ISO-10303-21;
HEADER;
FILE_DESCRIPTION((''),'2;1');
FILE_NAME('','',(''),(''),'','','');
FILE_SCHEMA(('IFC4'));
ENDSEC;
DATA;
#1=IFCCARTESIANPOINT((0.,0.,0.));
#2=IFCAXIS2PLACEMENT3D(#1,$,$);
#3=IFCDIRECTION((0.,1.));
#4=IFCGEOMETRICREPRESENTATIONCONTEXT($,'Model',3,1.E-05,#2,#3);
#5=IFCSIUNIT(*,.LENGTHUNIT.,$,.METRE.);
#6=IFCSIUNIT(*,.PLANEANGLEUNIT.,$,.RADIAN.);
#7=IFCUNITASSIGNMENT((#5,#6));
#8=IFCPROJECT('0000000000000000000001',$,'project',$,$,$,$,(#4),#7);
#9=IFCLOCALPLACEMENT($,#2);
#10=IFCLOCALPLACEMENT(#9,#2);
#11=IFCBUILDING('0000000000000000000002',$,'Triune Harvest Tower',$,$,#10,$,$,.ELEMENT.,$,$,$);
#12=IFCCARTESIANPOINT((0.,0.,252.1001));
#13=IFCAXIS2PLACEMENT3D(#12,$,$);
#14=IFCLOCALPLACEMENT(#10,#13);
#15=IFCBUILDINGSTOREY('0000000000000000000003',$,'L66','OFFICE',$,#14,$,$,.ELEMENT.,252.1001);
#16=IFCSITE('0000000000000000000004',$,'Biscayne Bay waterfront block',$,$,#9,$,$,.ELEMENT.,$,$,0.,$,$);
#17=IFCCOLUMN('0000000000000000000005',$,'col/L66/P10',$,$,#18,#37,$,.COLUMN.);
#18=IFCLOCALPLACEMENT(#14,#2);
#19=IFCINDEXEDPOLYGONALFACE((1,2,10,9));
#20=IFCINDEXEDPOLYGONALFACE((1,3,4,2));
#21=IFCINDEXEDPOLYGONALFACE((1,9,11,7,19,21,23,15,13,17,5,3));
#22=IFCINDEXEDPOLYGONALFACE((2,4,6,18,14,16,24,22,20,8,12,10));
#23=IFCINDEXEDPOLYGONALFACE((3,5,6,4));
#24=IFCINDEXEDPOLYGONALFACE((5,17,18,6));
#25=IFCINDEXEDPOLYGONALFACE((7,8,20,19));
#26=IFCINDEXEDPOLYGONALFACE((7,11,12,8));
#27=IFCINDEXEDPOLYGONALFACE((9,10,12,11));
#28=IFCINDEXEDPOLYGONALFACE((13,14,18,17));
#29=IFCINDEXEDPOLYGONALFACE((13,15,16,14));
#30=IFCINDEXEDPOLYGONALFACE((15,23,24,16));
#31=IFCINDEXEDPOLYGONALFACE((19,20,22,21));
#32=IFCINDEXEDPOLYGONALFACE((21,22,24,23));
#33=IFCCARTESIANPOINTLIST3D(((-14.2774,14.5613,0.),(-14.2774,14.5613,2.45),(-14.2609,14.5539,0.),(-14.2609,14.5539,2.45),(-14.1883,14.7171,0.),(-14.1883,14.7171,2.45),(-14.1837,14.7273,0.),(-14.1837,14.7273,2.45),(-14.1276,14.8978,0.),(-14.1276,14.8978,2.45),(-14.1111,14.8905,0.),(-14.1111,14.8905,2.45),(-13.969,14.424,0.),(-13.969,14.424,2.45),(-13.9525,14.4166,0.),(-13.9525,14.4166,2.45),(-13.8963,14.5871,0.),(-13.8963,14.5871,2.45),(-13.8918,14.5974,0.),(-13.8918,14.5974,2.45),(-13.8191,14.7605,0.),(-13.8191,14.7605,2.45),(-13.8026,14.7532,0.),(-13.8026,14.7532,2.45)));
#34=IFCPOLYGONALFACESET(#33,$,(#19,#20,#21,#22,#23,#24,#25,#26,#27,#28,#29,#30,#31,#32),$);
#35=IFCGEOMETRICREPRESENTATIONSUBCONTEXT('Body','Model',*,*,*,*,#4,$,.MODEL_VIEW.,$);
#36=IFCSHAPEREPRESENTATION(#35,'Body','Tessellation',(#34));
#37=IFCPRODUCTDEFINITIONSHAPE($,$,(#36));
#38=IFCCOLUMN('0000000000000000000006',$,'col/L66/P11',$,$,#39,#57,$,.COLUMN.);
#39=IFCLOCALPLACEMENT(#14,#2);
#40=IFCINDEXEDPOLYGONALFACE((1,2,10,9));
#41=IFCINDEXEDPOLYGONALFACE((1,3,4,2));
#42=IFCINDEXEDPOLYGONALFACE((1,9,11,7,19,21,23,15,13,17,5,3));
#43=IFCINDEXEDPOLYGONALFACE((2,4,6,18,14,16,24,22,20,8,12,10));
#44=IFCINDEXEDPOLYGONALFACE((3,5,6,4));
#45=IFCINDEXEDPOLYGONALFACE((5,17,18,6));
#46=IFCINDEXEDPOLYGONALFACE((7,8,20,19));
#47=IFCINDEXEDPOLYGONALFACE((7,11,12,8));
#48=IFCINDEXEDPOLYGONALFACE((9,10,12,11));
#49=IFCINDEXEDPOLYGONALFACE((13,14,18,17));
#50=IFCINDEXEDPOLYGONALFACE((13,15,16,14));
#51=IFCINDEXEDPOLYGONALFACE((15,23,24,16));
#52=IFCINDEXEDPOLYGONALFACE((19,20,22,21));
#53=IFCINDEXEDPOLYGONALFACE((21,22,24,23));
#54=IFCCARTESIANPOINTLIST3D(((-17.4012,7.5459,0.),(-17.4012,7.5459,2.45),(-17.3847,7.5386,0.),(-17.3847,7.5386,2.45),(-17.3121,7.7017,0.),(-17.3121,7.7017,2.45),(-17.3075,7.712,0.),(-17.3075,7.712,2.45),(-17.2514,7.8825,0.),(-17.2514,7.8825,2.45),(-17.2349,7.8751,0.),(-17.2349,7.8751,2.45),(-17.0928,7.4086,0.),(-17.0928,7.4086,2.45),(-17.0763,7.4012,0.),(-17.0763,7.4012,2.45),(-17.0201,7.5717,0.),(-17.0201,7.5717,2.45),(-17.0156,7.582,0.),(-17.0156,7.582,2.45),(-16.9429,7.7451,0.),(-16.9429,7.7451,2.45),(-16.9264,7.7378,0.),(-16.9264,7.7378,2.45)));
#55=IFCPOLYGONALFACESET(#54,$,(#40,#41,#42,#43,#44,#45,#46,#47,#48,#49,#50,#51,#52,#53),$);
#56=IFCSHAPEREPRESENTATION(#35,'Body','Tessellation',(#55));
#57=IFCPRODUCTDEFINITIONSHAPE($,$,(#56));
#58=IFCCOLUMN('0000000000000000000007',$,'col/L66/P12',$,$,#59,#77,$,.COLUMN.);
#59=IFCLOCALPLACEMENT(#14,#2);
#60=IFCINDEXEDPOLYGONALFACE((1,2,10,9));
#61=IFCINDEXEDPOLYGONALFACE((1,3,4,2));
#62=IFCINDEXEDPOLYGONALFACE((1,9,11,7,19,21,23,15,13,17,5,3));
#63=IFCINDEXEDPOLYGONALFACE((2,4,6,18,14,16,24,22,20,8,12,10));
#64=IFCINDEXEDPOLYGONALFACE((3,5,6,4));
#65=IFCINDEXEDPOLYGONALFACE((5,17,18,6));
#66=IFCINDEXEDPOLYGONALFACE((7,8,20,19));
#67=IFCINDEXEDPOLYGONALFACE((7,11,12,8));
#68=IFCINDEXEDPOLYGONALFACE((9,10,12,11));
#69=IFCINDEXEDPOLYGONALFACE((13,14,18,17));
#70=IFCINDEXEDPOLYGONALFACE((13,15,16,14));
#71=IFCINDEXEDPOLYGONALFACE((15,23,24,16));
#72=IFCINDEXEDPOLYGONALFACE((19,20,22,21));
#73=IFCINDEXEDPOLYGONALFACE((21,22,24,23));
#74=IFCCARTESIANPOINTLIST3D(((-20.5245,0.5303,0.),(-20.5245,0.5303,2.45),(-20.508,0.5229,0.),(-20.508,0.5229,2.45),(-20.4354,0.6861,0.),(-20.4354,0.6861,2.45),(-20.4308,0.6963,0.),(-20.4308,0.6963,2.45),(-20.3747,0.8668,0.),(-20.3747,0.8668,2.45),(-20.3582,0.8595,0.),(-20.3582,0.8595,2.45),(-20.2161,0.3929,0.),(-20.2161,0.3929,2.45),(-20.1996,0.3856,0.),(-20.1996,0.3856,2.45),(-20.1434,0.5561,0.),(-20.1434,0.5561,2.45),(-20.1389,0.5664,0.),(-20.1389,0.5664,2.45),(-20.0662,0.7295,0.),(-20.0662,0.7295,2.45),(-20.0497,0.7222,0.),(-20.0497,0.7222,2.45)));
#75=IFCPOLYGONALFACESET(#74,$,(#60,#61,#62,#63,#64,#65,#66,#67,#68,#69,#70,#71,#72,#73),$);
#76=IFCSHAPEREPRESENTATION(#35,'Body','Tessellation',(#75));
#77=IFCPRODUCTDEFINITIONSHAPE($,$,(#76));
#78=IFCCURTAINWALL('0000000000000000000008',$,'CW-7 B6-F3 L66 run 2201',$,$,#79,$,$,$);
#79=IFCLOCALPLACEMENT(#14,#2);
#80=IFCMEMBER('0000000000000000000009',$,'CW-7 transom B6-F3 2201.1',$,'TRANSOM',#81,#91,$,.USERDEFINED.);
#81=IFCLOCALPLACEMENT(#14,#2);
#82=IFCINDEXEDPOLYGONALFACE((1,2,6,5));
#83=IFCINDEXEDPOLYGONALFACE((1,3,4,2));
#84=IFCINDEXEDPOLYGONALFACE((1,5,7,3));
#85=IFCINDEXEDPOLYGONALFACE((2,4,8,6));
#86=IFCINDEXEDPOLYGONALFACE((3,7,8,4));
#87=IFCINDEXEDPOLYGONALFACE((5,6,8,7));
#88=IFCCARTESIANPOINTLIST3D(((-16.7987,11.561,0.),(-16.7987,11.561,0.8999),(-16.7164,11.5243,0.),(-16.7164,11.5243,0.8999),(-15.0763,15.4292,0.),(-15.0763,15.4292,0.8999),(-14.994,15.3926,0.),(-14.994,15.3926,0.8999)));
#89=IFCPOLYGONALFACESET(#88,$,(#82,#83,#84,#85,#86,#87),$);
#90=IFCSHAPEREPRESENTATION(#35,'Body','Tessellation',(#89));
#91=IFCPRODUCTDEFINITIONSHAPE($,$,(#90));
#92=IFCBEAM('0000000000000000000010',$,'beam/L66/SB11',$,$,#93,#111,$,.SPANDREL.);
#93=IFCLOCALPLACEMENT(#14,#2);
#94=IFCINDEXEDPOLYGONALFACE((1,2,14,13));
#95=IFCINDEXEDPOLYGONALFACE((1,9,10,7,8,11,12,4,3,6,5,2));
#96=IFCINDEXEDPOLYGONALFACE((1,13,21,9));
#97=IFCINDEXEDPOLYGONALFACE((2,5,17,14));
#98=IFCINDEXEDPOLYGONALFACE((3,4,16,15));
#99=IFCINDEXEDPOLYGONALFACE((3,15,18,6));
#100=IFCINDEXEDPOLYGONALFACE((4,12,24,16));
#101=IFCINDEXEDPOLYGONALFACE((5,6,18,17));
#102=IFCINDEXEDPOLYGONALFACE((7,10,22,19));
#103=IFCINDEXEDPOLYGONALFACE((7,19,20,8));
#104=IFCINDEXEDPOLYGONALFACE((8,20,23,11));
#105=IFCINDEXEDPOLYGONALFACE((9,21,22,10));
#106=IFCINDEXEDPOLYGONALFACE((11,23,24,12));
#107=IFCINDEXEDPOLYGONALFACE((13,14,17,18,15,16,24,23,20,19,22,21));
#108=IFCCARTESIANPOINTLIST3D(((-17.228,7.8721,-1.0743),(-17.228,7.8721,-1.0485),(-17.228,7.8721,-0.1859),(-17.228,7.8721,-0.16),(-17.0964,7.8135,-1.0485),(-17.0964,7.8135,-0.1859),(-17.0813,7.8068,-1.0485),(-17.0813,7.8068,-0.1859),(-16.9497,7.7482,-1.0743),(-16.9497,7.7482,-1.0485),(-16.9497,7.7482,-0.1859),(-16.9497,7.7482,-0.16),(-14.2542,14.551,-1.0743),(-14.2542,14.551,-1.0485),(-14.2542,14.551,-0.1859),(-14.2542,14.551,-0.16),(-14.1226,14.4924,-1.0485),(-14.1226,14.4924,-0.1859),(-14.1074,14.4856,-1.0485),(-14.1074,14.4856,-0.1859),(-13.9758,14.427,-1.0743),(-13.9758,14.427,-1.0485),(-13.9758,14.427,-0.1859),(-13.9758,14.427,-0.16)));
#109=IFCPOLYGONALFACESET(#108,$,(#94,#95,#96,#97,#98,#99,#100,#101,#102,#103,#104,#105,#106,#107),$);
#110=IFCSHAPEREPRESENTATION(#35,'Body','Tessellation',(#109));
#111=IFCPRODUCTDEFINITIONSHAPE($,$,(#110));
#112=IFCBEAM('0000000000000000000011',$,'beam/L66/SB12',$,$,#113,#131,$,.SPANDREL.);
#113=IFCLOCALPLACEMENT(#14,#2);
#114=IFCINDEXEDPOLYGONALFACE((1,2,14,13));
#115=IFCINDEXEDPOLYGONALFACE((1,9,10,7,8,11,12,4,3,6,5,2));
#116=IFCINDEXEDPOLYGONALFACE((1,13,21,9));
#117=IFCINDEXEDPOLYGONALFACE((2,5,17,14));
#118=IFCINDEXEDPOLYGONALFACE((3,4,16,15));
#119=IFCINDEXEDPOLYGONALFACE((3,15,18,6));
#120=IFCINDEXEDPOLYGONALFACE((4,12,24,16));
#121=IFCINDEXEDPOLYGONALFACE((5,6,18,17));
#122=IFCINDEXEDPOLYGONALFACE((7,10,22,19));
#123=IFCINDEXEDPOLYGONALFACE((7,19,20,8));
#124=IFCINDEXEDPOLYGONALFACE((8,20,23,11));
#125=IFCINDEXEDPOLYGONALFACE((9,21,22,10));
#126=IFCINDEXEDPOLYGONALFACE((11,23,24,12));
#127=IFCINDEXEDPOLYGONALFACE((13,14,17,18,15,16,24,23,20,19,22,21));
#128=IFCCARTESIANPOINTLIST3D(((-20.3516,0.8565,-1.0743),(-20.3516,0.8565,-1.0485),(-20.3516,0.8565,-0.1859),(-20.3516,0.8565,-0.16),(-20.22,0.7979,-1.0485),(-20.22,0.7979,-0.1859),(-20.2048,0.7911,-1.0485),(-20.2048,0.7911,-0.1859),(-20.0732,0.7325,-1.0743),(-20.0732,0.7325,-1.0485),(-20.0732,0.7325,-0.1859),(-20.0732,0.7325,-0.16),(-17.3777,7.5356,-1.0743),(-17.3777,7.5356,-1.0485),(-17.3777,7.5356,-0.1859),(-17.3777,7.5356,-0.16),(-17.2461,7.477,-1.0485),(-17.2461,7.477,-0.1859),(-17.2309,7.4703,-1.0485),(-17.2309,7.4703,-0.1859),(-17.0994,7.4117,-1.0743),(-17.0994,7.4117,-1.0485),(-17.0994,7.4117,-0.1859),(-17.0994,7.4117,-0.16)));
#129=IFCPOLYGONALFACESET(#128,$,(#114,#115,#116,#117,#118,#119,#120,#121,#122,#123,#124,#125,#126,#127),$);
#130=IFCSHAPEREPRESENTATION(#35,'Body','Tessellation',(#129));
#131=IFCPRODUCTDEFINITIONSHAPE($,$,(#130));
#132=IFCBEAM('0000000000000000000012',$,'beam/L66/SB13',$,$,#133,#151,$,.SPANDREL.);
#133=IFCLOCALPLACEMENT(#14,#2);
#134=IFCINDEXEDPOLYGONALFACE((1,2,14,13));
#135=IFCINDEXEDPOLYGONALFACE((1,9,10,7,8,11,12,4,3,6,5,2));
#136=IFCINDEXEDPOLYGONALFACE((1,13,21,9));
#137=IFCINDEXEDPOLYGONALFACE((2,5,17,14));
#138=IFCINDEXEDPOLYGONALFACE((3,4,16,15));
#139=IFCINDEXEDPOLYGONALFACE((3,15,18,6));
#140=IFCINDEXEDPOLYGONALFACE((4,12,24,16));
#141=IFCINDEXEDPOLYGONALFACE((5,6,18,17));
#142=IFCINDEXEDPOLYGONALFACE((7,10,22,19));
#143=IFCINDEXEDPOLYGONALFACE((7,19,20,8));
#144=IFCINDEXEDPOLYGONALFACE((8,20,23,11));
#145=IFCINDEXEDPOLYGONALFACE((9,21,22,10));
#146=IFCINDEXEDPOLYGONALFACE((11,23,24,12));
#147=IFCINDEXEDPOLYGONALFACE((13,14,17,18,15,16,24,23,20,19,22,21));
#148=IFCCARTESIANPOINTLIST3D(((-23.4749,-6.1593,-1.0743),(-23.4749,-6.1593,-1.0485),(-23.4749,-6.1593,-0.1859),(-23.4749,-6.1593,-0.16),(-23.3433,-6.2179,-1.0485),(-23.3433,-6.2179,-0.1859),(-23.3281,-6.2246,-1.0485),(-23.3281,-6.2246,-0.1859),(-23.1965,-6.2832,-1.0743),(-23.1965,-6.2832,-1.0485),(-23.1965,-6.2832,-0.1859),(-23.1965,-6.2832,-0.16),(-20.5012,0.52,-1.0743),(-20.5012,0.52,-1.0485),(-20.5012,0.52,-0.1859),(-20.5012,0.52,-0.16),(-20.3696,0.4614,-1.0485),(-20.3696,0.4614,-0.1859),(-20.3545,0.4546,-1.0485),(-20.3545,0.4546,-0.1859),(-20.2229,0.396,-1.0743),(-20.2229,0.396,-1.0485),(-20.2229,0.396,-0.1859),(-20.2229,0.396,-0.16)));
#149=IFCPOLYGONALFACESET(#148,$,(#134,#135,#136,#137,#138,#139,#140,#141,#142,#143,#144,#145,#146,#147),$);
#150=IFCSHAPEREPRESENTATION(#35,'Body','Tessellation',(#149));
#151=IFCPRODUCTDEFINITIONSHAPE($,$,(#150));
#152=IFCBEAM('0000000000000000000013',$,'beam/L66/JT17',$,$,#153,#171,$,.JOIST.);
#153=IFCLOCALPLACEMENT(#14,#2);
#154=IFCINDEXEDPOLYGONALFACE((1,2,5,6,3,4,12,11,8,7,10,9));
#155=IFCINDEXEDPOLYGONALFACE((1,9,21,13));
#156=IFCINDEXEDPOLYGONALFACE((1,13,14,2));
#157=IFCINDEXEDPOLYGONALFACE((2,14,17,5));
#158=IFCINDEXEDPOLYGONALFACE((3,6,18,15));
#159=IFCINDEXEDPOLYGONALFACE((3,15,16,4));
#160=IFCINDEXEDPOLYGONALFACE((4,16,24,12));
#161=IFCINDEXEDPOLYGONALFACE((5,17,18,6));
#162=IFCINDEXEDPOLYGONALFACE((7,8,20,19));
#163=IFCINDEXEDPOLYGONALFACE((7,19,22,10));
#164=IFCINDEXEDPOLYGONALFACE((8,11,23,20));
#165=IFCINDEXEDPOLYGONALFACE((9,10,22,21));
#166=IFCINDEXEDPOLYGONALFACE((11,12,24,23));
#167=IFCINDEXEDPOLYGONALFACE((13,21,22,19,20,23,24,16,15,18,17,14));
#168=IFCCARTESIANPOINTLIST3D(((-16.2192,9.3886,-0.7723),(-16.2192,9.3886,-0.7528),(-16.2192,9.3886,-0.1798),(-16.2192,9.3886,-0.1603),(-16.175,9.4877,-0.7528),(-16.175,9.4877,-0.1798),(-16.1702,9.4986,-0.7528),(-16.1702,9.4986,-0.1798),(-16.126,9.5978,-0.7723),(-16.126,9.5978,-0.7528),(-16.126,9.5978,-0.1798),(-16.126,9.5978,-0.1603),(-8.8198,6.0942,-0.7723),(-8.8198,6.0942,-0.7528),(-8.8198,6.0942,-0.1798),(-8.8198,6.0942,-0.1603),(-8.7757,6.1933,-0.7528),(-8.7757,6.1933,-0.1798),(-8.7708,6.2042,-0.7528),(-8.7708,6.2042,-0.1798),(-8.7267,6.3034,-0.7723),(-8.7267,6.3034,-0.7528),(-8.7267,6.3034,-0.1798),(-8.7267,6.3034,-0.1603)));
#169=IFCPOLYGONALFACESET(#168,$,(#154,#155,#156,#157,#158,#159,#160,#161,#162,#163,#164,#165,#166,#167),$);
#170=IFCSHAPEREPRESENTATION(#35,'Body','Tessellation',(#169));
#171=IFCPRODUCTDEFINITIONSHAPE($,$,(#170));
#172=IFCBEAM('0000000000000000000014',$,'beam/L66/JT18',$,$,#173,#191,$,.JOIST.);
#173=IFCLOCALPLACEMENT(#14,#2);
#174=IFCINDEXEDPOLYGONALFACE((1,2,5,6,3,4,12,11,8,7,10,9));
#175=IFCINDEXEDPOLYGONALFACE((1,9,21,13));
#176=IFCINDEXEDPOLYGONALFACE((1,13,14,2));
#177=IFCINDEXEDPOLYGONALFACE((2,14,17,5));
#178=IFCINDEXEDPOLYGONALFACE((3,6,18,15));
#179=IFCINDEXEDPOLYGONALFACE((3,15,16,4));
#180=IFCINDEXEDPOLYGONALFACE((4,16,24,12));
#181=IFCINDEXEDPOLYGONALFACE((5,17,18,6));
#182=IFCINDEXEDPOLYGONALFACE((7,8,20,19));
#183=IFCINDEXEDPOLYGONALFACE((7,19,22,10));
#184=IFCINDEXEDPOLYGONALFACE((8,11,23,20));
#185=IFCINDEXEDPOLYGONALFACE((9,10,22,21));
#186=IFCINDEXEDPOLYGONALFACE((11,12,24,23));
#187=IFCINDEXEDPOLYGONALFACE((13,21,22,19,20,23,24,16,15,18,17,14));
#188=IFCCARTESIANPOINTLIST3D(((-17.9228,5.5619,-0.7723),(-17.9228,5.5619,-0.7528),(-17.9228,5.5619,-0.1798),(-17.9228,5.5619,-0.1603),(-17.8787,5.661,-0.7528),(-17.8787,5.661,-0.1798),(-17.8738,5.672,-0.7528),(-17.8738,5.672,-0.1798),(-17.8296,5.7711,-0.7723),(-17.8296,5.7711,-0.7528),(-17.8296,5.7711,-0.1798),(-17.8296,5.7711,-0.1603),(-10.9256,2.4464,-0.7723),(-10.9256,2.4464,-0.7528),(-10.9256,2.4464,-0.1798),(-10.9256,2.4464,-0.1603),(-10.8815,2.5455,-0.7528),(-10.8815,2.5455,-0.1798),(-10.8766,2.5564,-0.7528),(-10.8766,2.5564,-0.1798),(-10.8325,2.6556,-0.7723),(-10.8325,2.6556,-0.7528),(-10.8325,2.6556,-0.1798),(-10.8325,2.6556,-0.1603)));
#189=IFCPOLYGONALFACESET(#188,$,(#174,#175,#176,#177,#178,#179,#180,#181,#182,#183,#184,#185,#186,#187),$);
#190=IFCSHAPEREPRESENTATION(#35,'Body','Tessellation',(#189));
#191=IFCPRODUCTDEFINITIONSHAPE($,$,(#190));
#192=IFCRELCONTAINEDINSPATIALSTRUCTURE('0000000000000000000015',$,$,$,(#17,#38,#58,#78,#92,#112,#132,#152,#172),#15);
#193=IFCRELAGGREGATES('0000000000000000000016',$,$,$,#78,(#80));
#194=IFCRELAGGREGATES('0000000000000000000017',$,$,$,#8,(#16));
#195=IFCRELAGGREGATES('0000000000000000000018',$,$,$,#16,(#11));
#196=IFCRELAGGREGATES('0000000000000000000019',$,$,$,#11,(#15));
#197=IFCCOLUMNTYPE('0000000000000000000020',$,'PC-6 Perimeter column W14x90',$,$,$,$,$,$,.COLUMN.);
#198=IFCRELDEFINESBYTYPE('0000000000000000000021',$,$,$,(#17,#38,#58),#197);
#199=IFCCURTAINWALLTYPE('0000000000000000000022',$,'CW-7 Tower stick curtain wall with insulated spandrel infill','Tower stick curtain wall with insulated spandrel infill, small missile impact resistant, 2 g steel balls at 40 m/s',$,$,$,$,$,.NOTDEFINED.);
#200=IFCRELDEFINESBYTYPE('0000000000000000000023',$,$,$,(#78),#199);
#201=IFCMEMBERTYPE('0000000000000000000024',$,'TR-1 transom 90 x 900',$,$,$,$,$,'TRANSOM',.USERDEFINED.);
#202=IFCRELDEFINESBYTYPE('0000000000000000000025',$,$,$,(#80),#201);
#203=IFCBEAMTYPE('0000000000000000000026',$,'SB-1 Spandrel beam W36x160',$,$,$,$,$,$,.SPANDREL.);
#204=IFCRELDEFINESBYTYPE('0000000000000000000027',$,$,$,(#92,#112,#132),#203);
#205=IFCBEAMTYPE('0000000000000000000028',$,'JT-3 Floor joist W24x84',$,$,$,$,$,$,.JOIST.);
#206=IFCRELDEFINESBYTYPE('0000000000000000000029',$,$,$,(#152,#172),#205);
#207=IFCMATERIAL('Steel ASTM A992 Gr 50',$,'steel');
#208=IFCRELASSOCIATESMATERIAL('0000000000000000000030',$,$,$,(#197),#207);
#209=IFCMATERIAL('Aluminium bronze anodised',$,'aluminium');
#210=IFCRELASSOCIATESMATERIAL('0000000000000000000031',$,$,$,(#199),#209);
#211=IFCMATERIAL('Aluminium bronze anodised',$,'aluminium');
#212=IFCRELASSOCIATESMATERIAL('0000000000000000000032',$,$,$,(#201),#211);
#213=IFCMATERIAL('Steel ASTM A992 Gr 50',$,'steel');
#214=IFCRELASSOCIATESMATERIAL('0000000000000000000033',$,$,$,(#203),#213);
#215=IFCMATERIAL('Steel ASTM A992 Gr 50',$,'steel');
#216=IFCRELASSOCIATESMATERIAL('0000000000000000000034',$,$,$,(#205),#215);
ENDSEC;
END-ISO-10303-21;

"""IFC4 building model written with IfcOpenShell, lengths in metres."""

from ifc_helpers import new_model, si_unit, direction, frame, origin, origin_2d, place, context, subcontext, project, spatial, rectangle, i_section, extrude, source, transform, mapped, material, material_profile, profile_set, type_object, element, aggregate, save


model = new_model("IFC4")

# Units and contexts
model_context = context("Model", 3, precision=1e-05, world=origin(), true_north=direction((0.0, 1.0)))
body_context = subcontext(model_context, "Body", "Model", "MODEL_VIEW")
ifc_project = project(units=[si_unit("LENGTHUNIT", "METRE"), si_unit("PLANEANGLEUNIT", "RADIAN")], contexts=[model_context])

# Site, building, storey
site_placement = place(None, origin())
site = spatial("IfcSite", under=ifc_project, at=site_placement, Name="Biscayne Bay waterfront block", CompositionType="ELEMENT", RefElevation=0.0)
building_placement = place(site_placement, origin())
building = spatial("IfcBuilding", under=site, at=building_placement, Name="Triune Harvest Tower", CompositionType="ELEMENT")
storey_placement = place(building_placement, frame((0.0, 0.0, 252.1001)))
storey = spatial("IfcBuildingStorey", under=building, at=storey_placement, Name="L66", Description="OFFICE", CompositionType="ELEMENT", Elevation=252.1001)

# Columns
ifc_material_1 = material(Name="Steel ASTM A992 Gr 50", Category="steel")
ifc_material_profile_1 = material_profile(ifc_material_1, i_section(OverallWidth=0.3684, OverallDepth=0.3557, WebThickness=0.0112, FlangeThickness=0.0181, at=origin_2d()), Name="W14x90")
ifc_profile_set_1 = profile_set([ifc_material_profile_1], Name="Steel ASTM A992 Gr 50")
column_type = type_object("IfcColumnType", Name="PC-6 Perimeter column W14x90", PredefinedType="COLUMN", material=ifc_profile_set_1)
shared_shape_1 = source(origin(), body_context, "Body", "SweptSolid", [
    extrude(i_section(OverallWidth=0.3684, OverallDepth=0.3557, WebThickness=0.0112, FlangeThickness=0.0181, at=origin_2d()), origin(), (0.0, 0.0, 1.0), 2.45),
])
for number, where, z_axis, x_axis, name in (
    (1, (-14.04, 14.6572, 0.0), (0.0, 0.0, 1.0), (-0.406738, -0.913545, 0.0), "col/L66/P10"),
    (2, (-17.1638, 7.6418, 0.0), (0.0, 0.0, 1.0), (-0.406738, -0.913545, 0.0), "col/L66/P11"),
    (3, (-20.2871, 0.6262, 0.0), (0.0, 0.0, 1.0), (-0.406738, -0.913545, 0.0), "col/L66/P12"),
):
    element("IfcColumn", number, at=place(storey_placement, frame(where, z_axis=z_axis, x_axis=x_axis)), inside=storey, type_object=column_type, Name=name, PredefinedType="COLUMN", context=body_context, shape_type="MappedRepresentation", body=[
        mapped(shared_shape_1, transform((0.0, 0.0, 0.0), scale=1.0)),
    ])

# Curtain wall, member
ifc_material_2 = material(Name="Aluminium bronze anodised", Category="aluminium")
curtain_wall_type_1 = type_object("IfcCurtainWallType", Name="CW-7 Tower stick curtain wall with insulated spandrel infill", Description="Tower stick curtain wall with insulated spandrel infill, small missile impact resistant, 2 g steel balls at 40 m/s", PredefinedType="NOTDEFINED", material=ifc_material_2)
curtain_wall_1_placement = place(storey_placement, origin())
curtain_wall_1 = element("IfcCurtainWall", 4, at=curtain_wall_1_placement, inside=storey, type_object=curtain_wall_type_1, Name="CW-7 B6-F3 L66 run 2201")
ifc_material_3 = material(Name="Aluminium bronze anodised", Category="aluminium")
ifc_material_profile_2 = material_profile(ifc_material_3, rectangle(XDim=0.0901, YDim=0.8999, at=origin_2d()), Name="TR-1 transom 90 x 900")
ifc_profile_set_2 = profile_set([ifc_material_profile_2], Name="Aluminium bronze anodised")
member_type_1 = type_object("IfcMemberType", Name="TR-1 transom 90 x 900", ElementType="TRANSOM", PredefinedType="USERDEFINED", material=ifc_profile_set_2)
member_1_placement = place(storey_placement, frame((-15.0352, 15.4109, 0.45), z_axis=(-0.406775, -0.913528, 0.0), x_axis=(0.913528, -0.406775, 0.0)))
member_1 = element("IfcMember", 5, at=member_1_placement, type_object=member_type_1, Name="CW-7 transom B6-F3 2201.1", ObjectType="TRANSOM", PredefinedType="USERDEFINED", context=body_context, shape_type="SweptSolid", body=[
    extrude(rectangle(XDim=0.0901, YDim=0.8999, at=origin_2d()), origin(), (0.0, 0.0, 1.0), 4.2344),
])

# Beams
ifc_material_4 = material(Name="Steel ASTM A992 Gr 50", Category="steel")
ifc_material_profile_3 = material_profile(ifc_material_4, i_section(OverallWidth=0.3047, OverallDepth=0.9143, WebThickness=0.0166, FlangeThickness=0.0259, at=origin_2d()), Name="W36x160")
ifc_profile_set_3 = profile_set([ifc_material_profile_3], Name="Steel ASTM A992 Gr 50")
beam_type_1 = type_object("IfcBeamType", Name="SB-1 Spandrel beam W36x160", PredefinedType="SPANDREL", material=ifc_profile_set_3)
shared_shape_2 = source(origin(), body_context, "Body", "SweptSolid", [
    extrude(i_section(OverallWidth=0.3047, OverallDepth=0.9143, WebThickness=0.0166, FlangeThickness=0.0259, at=origin_2d()), origin(), (0.0, 0.0, 1.0), 7.311),
])
beam_1_placement = place(storey_placement, frame((-14.115, 14.489, -0.6172), z_axis=(-0.406761, -0.913535, 0.0), x_axis=(0.913535, -0.406761, 0.0)))
element("IfcBeam", 6, at=beam_1_placement, inside=storey, type_object=beam_type_1, Name="beam/L66/SB11", PredefinedType="SPANDREL", context=body_context, shape_type="MappedRepresentation", body=[
    mapped(shared_shape_2, transform((0.0, 0.0, 0.0), scale=1.0)),
])
shared_shape_3 = source(origin(), body_context, "Body", "SweptSolid", [
    extrude(i_section(OverallWidth=0.3047, OverallDepth=0.9143, WebThickness=0.0166, FlangeThickness=0.0259, at=origin_2d()), origin(), (0.0, 0.0, 1.0), 7.3113),
])
for number, where, z_axis, x_axis, name in (
    (7, (-17.2385, 7.4736, -0.6172), (-0.406749, -0.91354, 0.0), (0.91354, -0.406749, 0.0), "beam/L66/SB12"),
    (8, (-20.3621, 0.458, -0.6172), (-0.406721, -0.913552, 0.0), (0.913552, -0.406721, 0.0), "beam/L66/SB13"),
):
    element("IfcBeam", number, at=place(storey_placement, frame(where, z_axis=z_axis, x_axis=x_axis)), inside=storey, type_object=beam_type_1, Name=name, PredefinedType="SPANDREL", context=body_context, shape_type="MappedRepresentation", body=[
        mapped(shared_shape_3, transform((0.0, 0.0, 0.0), scale=1.0)),
    ])
ifc_material_5 = material(Name="Steel ASTM A992 Gr 50", Category="steel")
ifc_material_profile_4 = material_profile(ifc_material_5, i_section(OverallWidth=0.229, OverallDepth=0.6121, WebThickness=0.012, FlangeThickness=0.0195, at=origin_2d()), Name="W24x84")
ifc_profile_set_4 = profile_set([ifc_material_profile_4], Name="Steel ASTM A992 Gr 50")
beam_type_2 = type_object("IfcBeamType", Name="JT-3 Floor joist W24x84", PredefinedType="JOIST", material=ifc_profile_set_4)
shared_shape_4 = source(origin(), body_context, "Body", "SweptSolid", [
    extrude(i_section(OverallWidth=0.229, OverallDepth=0.6121, WebThickness=0.012, FlangeThickness=0.0195, at=origin_2d()), origin(), (0.0, 0.0, 1.0), 8.0996),
])
beam_2_placement = place(storey_placement, frame((-16.1726, 9.4932, -0.4663), z_axis=(0.913545, -0.406737, 0.0), x_axis=(0.406737, 0.913545, 0.0)))
element("IfcBeam", 9, at=beam_2_placement, inside=storey, type_object=beam_type_2, Name="beam/L66/JT17", PredefinedType="JOIST", context=body_context, shape_type="MappedRepresentation", body=[
    mapped(shared_shape_4, transform((0.0, 0.0, 0.0), scale=1.0)),
])
shared_shape_5 = source(origin(), body_context, "Body", "SweptSolid", [
    extrude(i_section(OverallWidth=0.229, OverallDepth=0.6121, WebThickness=0.012, FlangeThickness=0.0195, at=origin_2d()), origin(), (0.0, 0.0, 1.0), 7.6594),
])
beam_3_placement = place(storey_placement, frame((-17.8762, 5.6665, -0.4663), z_axis=(0.913537, -0.406756, 0.0), x_axis=(0.406756, 0.913537, 0.0)))
element("IfcBeam", 10, at=beam_3_placement, inside=storey, type_object=beam_type_2, Name="beam/L66/JT18", PredefinedType="JOIST", context=body_context, shape_type="MappedRepresentation", body=[
    mapped(shared_shape_5, transform((0.0, 0.0, 0.0), scale=1.0)),
])

aggregate(curtain_wall_1, [member_1])

save(model, "model.ifc")
